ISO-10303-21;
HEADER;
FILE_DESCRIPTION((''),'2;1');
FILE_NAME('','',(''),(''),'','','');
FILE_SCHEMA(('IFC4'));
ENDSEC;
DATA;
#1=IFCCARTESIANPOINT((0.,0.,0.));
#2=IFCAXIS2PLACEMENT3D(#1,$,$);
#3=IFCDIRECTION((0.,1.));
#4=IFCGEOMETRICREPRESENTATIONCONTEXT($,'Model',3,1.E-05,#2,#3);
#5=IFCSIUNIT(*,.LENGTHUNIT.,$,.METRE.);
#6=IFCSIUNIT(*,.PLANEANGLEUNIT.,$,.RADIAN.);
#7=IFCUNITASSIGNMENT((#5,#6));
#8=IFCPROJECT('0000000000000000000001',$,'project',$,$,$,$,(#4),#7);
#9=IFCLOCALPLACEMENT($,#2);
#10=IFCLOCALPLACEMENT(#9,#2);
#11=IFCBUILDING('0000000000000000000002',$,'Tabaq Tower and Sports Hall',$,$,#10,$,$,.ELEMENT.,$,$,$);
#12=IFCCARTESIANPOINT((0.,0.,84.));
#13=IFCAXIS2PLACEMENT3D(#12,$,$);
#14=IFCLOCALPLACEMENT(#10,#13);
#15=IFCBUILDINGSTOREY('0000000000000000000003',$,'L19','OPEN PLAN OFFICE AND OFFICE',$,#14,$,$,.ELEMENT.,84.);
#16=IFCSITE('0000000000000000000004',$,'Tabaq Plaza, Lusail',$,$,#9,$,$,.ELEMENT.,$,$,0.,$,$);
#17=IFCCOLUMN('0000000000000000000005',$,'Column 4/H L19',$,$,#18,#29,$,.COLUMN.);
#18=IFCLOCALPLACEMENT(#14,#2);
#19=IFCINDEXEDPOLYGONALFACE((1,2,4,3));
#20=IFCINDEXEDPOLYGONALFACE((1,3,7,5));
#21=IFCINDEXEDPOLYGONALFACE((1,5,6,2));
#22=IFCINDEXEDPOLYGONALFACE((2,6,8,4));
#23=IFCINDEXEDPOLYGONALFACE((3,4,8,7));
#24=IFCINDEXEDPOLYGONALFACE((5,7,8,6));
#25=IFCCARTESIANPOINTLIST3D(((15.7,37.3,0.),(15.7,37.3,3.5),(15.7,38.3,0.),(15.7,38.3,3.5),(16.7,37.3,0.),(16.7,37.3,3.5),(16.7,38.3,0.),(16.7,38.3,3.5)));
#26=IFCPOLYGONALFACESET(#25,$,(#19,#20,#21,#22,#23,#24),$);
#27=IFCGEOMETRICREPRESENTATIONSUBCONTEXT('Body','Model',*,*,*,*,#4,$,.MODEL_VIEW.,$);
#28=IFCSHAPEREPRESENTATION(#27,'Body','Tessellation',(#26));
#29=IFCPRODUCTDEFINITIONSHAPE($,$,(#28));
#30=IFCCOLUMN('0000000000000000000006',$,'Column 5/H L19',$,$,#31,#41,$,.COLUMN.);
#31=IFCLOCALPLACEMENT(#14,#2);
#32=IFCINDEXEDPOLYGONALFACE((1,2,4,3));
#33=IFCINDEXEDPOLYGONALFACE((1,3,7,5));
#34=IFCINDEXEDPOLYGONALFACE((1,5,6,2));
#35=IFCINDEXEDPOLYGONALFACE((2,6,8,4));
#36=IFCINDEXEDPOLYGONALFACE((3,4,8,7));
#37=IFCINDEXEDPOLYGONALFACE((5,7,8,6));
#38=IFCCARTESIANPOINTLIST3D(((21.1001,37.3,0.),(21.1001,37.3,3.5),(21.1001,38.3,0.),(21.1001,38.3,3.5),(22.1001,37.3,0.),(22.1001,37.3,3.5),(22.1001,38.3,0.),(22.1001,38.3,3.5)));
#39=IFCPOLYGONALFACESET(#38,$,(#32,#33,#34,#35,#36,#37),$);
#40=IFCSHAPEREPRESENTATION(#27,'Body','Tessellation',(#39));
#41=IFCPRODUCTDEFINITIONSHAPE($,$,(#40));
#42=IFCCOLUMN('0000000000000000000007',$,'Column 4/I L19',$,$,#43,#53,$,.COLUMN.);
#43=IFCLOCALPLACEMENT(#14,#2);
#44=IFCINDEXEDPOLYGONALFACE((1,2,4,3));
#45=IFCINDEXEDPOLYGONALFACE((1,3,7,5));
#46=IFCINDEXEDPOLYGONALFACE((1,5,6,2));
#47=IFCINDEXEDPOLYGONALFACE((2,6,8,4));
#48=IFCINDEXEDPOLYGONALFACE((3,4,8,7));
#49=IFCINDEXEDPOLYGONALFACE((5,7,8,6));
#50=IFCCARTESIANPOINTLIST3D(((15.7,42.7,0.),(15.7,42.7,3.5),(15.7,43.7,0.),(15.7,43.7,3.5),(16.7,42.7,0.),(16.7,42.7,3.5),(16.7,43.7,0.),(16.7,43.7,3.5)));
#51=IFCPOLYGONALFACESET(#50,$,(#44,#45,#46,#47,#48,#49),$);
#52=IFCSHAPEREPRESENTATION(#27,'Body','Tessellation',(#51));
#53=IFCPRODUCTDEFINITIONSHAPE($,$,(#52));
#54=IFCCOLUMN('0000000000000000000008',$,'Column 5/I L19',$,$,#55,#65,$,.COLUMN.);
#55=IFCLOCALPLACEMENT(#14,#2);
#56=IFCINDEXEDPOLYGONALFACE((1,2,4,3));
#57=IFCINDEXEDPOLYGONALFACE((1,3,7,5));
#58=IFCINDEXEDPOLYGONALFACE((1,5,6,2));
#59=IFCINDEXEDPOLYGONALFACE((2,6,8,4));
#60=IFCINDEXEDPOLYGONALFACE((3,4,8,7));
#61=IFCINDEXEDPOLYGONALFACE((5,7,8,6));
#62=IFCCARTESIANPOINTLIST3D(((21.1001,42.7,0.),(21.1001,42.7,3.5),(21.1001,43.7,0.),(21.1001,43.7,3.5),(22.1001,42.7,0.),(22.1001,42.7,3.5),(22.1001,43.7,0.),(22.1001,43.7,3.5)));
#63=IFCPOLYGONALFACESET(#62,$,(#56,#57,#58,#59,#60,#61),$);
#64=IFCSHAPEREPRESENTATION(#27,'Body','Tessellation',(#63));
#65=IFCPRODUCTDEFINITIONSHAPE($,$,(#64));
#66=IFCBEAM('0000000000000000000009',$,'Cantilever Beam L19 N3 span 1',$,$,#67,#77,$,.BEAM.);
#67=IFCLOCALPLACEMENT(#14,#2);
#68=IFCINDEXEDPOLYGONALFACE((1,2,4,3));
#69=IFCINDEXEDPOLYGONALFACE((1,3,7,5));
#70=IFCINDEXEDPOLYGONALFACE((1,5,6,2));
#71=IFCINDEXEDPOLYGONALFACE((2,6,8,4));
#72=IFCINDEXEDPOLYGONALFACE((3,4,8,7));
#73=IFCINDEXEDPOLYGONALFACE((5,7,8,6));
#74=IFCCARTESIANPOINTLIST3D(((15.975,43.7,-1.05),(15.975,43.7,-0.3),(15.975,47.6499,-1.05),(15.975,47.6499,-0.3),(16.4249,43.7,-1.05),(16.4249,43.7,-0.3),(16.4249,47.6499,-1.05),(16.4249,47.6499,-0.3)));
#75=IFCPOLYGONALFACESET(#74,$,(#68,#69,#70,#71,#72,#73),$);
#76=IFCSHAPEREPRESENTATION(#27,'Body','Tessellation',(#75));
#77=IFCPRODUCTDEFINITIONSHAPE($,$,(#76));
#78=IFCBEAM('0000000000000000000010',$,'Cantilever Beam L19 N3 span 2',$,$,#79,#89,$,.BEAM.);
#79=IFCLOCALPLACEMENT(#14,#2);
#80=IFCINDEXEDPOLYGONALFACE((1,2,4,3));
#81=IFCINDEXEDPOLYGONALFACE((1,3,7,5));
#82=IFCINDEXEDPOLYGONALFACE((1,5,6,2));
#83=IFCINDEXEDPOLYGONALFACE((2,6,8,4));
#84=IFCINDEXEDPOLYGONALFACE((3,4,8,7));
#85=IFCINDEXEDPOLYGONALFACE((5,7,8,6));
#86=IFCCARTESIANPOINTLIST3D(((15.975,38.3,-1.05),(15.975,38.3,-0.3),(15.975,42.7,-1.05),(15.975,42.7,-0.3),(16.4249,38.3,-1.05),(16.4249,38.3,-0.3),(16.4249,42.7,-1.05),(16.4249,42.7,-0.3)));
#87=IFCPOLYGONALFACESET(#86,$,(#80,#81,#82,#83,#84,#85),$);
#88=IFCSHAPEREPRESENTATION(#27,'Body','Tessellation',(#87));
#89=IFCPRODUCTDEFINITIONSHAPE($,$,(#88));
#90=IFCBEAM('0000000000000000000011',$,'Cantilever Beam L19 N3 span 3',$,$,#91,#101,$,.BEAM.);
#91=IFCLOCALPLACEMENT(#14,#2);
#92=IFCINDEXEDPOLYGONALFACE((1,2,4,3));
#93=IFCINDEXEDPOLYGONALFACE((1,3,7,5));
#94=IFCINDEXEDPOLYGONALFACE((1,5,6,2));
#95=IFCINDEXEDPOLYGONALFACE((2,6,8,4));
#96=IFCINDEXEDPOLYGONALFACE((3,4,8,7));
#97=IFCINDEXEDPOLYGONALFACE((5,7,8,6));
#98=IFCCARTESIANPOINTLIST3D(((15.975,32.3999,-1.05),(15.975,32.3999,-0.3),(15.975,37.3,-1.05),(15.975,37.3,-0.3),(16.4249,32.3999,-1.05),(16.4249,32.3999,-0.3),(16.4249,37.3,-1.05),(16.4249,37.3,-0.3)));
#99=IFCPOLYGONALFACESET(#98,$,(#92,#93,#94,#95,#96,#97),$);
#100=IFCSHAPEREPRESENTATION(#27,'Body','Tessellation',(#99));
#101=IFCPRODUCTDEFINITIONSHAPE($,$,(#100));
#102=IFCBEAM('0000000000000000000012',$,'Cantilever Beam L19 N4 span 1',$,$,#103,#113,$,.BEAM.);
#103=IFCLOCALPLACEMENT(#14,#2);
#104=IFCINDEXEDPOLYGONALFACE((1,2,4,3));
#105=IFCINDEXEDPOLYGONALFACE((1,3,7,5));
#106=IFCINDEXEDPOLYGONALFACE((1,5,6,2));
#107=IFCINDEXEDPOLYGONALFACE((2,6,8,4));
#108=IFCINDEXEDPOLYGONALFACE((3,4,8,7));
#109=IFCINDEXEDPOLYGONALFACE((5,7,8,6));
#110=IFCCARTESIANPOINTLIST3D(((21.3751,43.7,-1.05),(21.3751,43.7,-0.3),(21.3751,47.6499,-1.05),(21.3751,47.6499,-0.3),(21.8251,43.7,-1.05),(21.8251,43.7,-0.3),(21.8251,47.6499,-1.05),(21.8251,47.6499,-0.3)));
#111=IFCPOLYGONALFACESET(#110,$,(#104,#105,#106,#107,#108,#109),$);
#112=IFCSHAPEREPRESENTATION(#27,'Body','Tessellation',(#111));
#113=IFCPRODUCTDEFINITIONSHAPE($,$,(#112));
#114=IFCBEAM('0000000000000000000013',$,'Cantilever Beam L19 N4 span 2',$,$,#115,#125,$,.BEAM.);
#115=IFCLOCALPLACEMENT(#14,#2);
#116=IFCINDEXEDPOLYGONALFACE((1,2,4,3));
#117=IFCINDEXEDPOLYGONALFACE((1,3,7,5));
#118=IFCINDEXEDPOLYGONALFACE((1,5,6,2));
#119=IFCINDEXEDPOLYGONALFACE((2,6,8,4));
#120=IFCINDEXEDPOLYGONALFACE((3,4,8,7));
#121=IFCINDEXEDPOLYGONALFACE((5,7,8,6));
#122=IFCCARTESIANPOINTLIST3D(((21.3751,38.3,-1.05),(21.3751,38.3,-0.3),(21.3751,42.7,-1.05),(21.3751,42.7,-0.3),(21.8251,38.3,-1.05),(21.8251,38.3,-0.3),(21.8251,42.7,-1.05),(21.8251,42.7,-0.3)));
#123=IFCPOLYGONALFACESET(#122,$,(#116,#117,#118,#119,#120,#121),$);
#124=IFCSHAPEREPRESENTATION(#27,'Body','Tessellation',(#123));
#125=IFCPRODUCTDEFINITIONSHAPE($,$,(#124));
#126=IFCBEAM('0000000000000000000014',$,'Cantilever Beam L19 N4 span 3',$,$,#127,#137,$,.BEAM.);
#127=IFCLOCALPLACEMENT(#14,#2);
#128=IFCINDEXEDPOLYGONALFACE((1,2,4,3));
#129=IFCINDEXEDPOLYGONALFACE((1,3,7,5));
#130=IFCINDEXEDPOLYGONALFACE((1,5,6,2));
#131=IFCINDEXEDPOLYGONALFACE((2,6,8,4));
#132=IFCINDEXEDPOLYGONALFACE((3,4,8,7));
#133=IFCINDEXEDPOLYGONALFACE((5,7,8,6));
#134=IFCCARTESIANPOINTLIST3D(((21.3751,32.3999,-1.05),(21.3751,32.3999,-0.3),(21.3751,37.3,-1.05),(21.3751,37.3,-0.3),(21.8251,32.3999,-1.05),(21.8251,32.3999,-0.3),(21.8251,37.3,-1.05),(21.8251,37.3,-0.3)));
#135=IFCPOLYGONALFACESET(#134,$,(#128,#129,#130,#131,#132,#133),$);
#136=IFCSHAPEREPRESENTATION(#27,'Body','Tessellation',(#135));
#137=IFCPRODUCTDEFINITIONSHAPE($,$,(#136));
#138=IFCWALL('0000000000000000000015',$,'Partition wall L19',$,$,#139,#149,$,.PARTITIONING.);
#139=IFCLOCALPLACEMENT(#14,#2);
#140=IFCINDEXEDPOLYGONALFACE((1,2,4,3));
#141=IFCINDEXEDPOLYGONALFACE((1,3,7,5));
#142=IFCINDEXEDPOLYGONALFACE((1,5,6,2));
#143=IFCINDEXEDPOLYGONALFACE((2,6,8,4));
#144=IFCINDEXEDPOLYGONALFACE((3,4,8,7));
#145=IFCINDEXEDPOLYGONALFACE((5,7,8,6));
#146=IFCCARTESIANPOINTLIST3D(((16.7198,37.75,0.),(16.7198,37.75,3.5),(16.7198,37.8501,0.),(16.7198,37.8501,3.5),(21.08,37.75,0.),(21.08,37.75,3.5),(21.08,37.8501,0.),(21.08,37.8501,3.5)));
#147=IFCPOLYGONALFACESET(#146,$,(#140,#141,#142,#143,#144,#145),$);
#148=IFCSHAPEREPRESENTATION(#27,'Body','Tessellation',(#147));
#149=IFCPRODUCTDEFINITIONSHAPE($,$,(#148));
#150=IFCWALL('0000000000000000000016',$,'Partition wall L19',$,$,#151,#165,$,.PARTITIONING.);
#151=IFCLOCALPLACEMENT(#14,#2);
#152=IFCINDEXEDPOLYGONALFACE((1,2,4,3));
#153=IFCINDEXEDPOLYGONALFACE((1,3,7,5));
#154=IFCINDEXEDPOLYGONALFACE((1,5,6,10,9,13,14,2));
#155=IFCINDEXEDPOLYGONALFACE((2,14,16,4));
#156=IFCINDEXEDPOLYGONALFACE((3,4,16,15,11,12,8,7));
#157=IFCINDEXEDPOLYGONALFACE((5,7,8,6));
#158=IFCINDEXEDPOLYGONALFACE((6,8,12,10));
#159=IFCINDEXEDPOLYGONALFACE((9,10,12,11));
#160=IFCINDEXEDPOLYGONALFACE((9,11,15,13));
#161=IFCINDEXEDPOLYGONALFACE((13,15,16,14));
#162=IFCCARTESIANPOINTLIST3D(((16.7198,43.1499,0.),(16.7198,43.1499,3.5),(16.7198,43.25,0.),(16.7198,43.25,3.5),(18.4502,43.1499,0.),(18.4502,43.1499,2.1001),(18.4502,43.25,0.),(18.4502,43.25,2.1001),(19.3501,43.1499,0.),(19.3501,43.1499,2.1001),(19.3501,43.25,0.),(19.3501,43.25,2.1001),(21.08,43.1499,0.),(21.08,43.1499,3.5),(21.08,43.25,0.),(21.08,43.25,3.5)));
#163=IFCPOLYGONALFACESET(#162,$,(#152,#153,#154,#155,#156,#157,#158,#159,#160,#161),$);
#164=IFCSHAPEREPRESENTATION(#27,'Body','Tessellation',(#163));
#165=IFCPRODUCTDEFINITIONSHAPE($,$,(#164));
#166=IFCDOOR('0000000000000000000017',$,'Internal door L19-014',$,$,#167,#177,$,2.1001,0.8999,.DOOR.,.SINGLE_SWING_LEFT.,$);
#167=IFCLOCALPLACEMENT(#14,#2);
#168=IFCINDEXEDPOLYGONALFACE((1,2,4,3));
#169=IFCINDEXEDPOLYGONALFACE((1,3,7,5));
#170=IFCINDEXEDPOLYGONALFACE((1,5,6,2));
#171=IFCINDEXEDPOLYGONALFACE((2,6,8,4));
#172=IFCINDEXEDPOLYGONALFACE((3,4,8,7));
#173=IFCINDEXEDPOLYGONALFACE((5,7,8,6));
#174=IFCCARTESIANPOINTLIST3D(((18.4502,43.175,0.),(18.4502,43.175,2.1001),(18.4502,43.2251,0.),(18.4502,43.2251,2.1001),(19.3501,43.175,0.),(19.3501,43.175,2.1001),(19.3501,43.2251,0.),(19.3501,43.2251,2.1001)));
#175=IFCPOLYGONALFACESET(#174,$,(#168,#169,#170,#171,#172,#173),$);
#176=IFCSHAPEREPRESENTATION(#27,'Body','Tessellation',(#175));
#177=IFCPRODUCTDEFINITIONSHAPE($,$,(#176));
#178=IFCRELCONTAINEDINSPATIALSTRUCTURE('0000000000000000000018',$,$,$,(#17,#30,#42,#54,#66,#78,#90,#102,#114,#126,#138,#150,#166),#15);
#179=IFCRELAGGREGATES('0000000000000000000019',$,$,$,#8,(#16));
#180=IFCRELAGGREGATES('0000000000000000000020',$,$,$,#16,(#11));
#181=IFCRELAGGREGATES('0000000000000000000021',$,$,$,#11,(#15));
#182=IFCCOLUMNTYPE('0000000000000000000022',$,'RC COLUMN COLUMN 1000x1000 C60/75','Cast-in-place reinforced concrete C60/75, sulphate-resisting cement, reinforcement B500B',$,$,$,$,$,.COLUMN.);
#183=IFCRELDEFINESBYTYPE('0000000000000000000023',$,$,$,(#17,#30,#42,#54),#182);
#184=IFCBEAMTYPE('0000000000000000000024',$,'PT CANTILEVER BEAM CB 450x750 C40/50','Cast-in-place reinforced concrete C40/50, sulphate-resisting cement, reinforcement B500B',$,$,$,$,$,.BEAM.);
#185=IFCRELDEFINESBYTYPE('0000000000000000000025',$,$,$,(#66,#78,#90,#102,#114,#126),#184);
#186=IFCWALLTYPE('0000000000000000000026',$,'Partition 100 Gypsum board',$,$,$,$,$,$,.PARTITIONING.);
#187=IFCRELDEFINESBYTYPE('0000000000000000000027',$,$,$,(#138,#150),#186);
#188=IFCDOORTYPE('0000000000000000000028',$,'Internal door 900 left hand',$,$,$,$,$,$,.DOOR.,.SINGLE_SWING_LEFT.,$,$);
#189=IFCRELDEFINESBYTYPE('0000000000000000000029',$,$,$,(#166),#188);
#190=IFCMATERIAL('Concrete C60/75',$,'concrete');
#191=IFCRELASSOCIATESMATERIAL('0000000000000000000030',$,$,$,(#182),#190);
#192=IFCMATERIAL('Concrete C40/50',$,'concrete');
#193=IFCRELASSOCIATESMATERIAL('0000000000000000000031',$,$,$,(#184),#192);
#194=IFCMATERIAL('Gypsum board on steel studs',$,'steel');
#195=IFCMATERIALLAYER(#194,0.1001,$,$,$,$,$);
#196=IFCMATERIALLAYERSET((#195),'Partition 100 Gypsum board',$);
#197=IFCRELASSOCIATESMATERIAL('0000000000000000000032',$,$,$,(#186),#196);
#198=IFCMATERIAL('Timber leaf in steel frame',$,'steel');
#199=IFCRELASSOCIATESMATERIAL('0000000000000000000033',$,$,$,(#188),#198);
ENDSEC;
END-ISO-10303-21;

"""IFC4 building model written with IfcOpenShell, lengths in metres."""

from ifc_helpers import new_model, si_unit, direction, frame, frame_2d, origin, origin_2d, place, context, subcontext, project, spatial, rectangle, extrude, material, layer, layer_set, material_profile, profile_set, type_object, element, fill, save


model = new_model("IFC4")

# Units and contexts
model_context = context("Model", 3, precision=1e-05, world=origin(), true_north=direction((0.0, 1.0)))
body_context = subcontext(model_context, "Body", "Model", "MODEL_VIEW")
ifc_project = project(units=[si_unit("LENGTHUNIT", "METRE"), si_unit("PLANEANGLEUNIT", "RADIAN")], contexts=[model_context])

# Site, building, storey
site_placement = place(None, origin())
site = spatial("IfcSite", under=ifc_project, at=site_placement, Name="Tabaq Plaza, Lusail", CompositionType="ELEMENT", RefElevation=0.0)
building_placement = place(site_placement, origin())
building = spatial("IfcBuilding", under=site, at=building_placement, Name="Tabaq Tower and Sports Hall", CompositionType="ELEMENT")
storey_placement = place(building_placement, frame((0.0, 0.0, 84.0)))
storey = spatial("IfcBuildingStorey", under=building, at=storey_placement, Name="L19", Description="OPEN PLAN OFFICE AND OFFICE", CompositionType="ELEMENT", Elevation=84.0)

# Columns
ifc_material_1 = material(Name="Concrete C60/75", Category="concrete")
ifc_material_profile_1 = material_profile(ifc_material_1, rectangle(XDim=1.0, YDim=1.0, at=origin_2d()), Name="COLUMN 1000x1000")
ifc_profile_set_1 = profile_set([ifc_material_profile_1], Name="Concrete C60/75")
column_type = type_object("IfcColumnType", Name="RC COLUMN COLUMN 1000x1000 C60/75", Description="Cast-in-place reinforced concrete C60/75, sulphate-resisting cement, reinforcement B500B", PredefinedType="COLUMN", material=ifc_profile_set_1)
for number, where, z_axis, x_axis, name in (
    (1, (16.2, 37.8, 0.0), (0.0, 0.0, 1.0), (1.0, 0.0, 0.0), "Column 4/H L19"),
    (2, (21.6001, 37.8, 0.0), (0.0, 0.0, 1.0), (1.0, 0.0, 0.0), "Column 5/H L19"),
    (3, (16.2, 43.2, 0.0), (0.0, 0.0, 1.0), (1.0, 0.0, 0.0), "Column 4/I L19"),
    (4, (21.6001, 43.2, 0.0), (0.0, 0.0, 1.0), (1.0, 0.0, 0.0), "Column 5/I L19"),
):
    element("IfcColumn", number, at=place(storey_placement, frame(where, z_axis=z_axis, x_axis=x_axis)), inside=storey, type_object=column_type, Name=name, PredefinedType="COLUMN", context=body_context, shape_type="SweptSolid", body=[
        extrude(rectangle(XDim=1.0, YDim=1.0, at=origin_2d()), origin(), (0.0, 0.0, 1.0), 3.5),
    ])

# Beams
ifc_material_2 = material(Name="Concrete C40/50", Category="concrete")
ifc_material_profile_2 = material_profile(ifc_material_2, rectangle(XDim=0.45, YDim=0.75, at=origin_2d()), Name="CB 450x750")
ifc_profile_set_2 = profile_set([ifc_material_profile_2], Name="Concrete C40/50")
beam_type = type_object("IfcBeamType", Name="PT CANTILEVER BEAM CB 450x750 C40/50", Description="Cast-in-place reinforced concrete C40/50, sulphate-resisting cement, reinforcement B500B", PredefinedType="BEAM", material=ifc_profile_set_2)
beam_1_placement = place(storey_placement, frame((16.2, 47.6499, -0.675), z_axis=(0.0, -1.0, 0.0), x_axis=(1.0, 0.0, 0.0)))
element("IfcBeam", 5, at=beam_1_placement, inside=storey, type_object=beam_type, Name="Cantilever Beam L19 N3 span 1", PredefinedType="BEAM", context=body_context, shape_type="SweptSolid", body=[
    extrude(rectangle(XDim=0.45, YDim=0.75, at=origin_2d()), origin(), (0.0, 0.0, 1.0), 3.95),
])
beam_2_placement = place(storey_placement, frame((16.2, 42.7, -0.675), z_axis=(0.0, -1.0, 0.0), x_axis=(1.0, 0.0, 0.0)))
element("IfcBeam", 6, at=beam_2_placement, inside=storey, type_object=beam_type, Name="Cantilever Beam L19 N3 span 2", PredefinedType="BEAM", context=body_context, shape_type="SweptSolid", body=[
    extrude(rectangle(XDim=0.45, YDim=0.75, at=origin_2d()), origin(), (0.0, 0.0, 1.0), 4.3999),
])
beam_3_placement = place(storey_placement, frame((16.2, 37.3, -0.675), z_axis=(0.0, -1.0, 0.0), x_axis=(1.0, 0.0, 0.0)))
element("IfcBeam", 7, at=beam_3_placement, inside=storey, type_object=beam_type, Name="Cantilever Beam L19 N3 span 3", PredefinedType="BEAM", context=body_context, shape_type="SweptSolid", body=[
    extrude(rectangle(XDim=0.45, YDim=0.75, at=origin_2d()), origin(), (0.0, 0.0, 1.0), 4.9001),
])
beam_4_placement = place(storey_placement, frame((21.6001, 47.6499, -0.675), z_axis=(0.0, -1.0, 0.0), x_axis=(1.0, 0.0, 0.0)))
element("IfcBeam", 8, at=beam_4_placement, inside=storey, type_object=beam_type, Name="Cantilever Beam L19 N4 span 1", PredefinedType="BEAM", context=body_context, shape_type="SweptSolid", body=[
    extrude(rectangle(XDim=0.45, YDim=0.75, at=origin_2d()), origin(), (0.0, 0.0, 1.0), 3.95),
])
beam_5_placement = place(storey_placement, frame((21.6001, 42.7, -0.675), z_axis=(0.0, -1.0, 0.0), x_axis=(1.0, 0.0, 0.0)))
element("IfcBeam", 9, at=beam_5_placement, inside=storey, type_object=beam_type, Name="Cantilever Beam L19 N4 span 2", PredefinedType="BEAM", context=body_context, shape_type="SweptSolid", body=[
    extrude(rectangle(XDim=0.45, YDim=0.75, at=origin_2d()), origin(), (0.0, 0.0, 1.0), 4.3999),
])
beam_6_placement = place(storey_placement, frame((21.6001, 37.3, -0.675), z_axis=(0.0, -1.0, 0.0), x_axis=(1.0, 0.0, 0.0)))
element("IfcBeam", 10, at=beam_6_placement, inside=storey, type_object=beam_type, Name="Cantilever Beam L19 N4 span 3", PredefinedType="BEAM", context=body_context, shape_type="SweptSolid", body=[
    extrude(rectangle(XDim=0.45, YDim=0.75, at=origin_2d()), origin(), (0.0, 0.0, 1.0), 4.9001),
])

# Wall
ifc_material_3 = material(Name="Gypsum board on steel studs", Category="steel")
ifc_layer_1 = layer(ifc_material_3, 0.1001)
ifc_layer_set_1 = layer_set([ifc_layer_1], Name="Partition 100 Gypsum board")
wall_type_1 = type_object("IfcWallType", Name="Partition 100 Gypsum board", PredefinedType="PARTITIONING", material=ifc_layer_set_1)
wall_1_placement = place(storey_placement, frame((21.0801, 37.8, 0.0), z_axis=(0.0, 0.0, 1.0), x_axis=(-1.0, 0.0, 0.0)))
element("IfcWall", 11, at=wall_1_placement, inside=storey, type_object=wall_type_1, Name="Partition wall L19", PredefinedType="PARTITIONING", context=body_context, shape_type="SweptSolid", body=[
    extrude(rectangle(XDim=4.3601, YDim=0.1001, at=frame_2d((2.1802, 0.0))), origin(), (0.0, 0.0, 1.0), 3.5),
])

# Wall, opening, door
wall_2_placement = place(storey_placement, frame((21.0801, 43.2, 0.0), z_axis=(0.0, 0.0, 1.0), x_axis=(-1.0, 0.0, 0.0)))
wall_2 = element("IfcWall", 12, at=wall_2_placement, inside=storey, type_object=wall_type_1, Name="Partition wall L19", PredefinedType="PARTITIONING", context=body_context, shape_type="SweptSolid", body=[
    extrude(rectangle(XDim=4.3601, YDim=0.1001, at=frame_2d((2.1802, 0.0))), origin(), (0.0, 0.0, 1.0), 3.5),
])
opening_1_placement = place(wall_2_placement, frame((1.73, 0.0, 0.0)))
opening_1 = element("IfcOpeningElement", 13, at=opening_1_placement, cuts=wall_2, PredefinedType="OPENING", context=body_context, shape_type="SweptSolid", body=[
    extrude(rectangle(XDim=0.8999, YDim=2.1001, at=frame_2d((0.45, 1.05))), frame((0.0, 0.05, 0.0), z_axis=(0.0, -1.0, 0.0), x_axis=(1.0, 0.0, 0.0)), (0.0, 0.0, 1.0), 0.1001),
])
ifc_material_4 = material(Name="Timber leaf in steel frame", Category="steel")
door_type = type_object("IfcDoorType", Name="Internal door 900 left hand", OperationType="SINGLE_SWING_LEFT", PredefinedType="DOOR", material=ifc_material_4)
door_1_placement = place(opening_1_placement, origin())
door_1 = element("IfcDoor", 14, at=door_1_placement, inside=storey, type_object=door_type, Name="Internal door L19-014", OperationType="SINGLE_SWING_LEFT", OverallHeight=2.1001, OverallWidth=0.8999, PredefinedType="DOOR", context=body_context, shape_type="SweptSolid", body=[
    extrude(rectangle(XDim=0.8999, YDim=2.1001, at=frame_2d((0.45, 1.05))), frame((0.0, 0.0249, 0.0), z_axis=(0.0, -1.0, 0.0), x_axis=(1.0, 0.0, 0.0)), (0.0, 0.0, 1.0), 0.05),
])
fill(opening_1, door_1)

save(model, "model.ifc")
